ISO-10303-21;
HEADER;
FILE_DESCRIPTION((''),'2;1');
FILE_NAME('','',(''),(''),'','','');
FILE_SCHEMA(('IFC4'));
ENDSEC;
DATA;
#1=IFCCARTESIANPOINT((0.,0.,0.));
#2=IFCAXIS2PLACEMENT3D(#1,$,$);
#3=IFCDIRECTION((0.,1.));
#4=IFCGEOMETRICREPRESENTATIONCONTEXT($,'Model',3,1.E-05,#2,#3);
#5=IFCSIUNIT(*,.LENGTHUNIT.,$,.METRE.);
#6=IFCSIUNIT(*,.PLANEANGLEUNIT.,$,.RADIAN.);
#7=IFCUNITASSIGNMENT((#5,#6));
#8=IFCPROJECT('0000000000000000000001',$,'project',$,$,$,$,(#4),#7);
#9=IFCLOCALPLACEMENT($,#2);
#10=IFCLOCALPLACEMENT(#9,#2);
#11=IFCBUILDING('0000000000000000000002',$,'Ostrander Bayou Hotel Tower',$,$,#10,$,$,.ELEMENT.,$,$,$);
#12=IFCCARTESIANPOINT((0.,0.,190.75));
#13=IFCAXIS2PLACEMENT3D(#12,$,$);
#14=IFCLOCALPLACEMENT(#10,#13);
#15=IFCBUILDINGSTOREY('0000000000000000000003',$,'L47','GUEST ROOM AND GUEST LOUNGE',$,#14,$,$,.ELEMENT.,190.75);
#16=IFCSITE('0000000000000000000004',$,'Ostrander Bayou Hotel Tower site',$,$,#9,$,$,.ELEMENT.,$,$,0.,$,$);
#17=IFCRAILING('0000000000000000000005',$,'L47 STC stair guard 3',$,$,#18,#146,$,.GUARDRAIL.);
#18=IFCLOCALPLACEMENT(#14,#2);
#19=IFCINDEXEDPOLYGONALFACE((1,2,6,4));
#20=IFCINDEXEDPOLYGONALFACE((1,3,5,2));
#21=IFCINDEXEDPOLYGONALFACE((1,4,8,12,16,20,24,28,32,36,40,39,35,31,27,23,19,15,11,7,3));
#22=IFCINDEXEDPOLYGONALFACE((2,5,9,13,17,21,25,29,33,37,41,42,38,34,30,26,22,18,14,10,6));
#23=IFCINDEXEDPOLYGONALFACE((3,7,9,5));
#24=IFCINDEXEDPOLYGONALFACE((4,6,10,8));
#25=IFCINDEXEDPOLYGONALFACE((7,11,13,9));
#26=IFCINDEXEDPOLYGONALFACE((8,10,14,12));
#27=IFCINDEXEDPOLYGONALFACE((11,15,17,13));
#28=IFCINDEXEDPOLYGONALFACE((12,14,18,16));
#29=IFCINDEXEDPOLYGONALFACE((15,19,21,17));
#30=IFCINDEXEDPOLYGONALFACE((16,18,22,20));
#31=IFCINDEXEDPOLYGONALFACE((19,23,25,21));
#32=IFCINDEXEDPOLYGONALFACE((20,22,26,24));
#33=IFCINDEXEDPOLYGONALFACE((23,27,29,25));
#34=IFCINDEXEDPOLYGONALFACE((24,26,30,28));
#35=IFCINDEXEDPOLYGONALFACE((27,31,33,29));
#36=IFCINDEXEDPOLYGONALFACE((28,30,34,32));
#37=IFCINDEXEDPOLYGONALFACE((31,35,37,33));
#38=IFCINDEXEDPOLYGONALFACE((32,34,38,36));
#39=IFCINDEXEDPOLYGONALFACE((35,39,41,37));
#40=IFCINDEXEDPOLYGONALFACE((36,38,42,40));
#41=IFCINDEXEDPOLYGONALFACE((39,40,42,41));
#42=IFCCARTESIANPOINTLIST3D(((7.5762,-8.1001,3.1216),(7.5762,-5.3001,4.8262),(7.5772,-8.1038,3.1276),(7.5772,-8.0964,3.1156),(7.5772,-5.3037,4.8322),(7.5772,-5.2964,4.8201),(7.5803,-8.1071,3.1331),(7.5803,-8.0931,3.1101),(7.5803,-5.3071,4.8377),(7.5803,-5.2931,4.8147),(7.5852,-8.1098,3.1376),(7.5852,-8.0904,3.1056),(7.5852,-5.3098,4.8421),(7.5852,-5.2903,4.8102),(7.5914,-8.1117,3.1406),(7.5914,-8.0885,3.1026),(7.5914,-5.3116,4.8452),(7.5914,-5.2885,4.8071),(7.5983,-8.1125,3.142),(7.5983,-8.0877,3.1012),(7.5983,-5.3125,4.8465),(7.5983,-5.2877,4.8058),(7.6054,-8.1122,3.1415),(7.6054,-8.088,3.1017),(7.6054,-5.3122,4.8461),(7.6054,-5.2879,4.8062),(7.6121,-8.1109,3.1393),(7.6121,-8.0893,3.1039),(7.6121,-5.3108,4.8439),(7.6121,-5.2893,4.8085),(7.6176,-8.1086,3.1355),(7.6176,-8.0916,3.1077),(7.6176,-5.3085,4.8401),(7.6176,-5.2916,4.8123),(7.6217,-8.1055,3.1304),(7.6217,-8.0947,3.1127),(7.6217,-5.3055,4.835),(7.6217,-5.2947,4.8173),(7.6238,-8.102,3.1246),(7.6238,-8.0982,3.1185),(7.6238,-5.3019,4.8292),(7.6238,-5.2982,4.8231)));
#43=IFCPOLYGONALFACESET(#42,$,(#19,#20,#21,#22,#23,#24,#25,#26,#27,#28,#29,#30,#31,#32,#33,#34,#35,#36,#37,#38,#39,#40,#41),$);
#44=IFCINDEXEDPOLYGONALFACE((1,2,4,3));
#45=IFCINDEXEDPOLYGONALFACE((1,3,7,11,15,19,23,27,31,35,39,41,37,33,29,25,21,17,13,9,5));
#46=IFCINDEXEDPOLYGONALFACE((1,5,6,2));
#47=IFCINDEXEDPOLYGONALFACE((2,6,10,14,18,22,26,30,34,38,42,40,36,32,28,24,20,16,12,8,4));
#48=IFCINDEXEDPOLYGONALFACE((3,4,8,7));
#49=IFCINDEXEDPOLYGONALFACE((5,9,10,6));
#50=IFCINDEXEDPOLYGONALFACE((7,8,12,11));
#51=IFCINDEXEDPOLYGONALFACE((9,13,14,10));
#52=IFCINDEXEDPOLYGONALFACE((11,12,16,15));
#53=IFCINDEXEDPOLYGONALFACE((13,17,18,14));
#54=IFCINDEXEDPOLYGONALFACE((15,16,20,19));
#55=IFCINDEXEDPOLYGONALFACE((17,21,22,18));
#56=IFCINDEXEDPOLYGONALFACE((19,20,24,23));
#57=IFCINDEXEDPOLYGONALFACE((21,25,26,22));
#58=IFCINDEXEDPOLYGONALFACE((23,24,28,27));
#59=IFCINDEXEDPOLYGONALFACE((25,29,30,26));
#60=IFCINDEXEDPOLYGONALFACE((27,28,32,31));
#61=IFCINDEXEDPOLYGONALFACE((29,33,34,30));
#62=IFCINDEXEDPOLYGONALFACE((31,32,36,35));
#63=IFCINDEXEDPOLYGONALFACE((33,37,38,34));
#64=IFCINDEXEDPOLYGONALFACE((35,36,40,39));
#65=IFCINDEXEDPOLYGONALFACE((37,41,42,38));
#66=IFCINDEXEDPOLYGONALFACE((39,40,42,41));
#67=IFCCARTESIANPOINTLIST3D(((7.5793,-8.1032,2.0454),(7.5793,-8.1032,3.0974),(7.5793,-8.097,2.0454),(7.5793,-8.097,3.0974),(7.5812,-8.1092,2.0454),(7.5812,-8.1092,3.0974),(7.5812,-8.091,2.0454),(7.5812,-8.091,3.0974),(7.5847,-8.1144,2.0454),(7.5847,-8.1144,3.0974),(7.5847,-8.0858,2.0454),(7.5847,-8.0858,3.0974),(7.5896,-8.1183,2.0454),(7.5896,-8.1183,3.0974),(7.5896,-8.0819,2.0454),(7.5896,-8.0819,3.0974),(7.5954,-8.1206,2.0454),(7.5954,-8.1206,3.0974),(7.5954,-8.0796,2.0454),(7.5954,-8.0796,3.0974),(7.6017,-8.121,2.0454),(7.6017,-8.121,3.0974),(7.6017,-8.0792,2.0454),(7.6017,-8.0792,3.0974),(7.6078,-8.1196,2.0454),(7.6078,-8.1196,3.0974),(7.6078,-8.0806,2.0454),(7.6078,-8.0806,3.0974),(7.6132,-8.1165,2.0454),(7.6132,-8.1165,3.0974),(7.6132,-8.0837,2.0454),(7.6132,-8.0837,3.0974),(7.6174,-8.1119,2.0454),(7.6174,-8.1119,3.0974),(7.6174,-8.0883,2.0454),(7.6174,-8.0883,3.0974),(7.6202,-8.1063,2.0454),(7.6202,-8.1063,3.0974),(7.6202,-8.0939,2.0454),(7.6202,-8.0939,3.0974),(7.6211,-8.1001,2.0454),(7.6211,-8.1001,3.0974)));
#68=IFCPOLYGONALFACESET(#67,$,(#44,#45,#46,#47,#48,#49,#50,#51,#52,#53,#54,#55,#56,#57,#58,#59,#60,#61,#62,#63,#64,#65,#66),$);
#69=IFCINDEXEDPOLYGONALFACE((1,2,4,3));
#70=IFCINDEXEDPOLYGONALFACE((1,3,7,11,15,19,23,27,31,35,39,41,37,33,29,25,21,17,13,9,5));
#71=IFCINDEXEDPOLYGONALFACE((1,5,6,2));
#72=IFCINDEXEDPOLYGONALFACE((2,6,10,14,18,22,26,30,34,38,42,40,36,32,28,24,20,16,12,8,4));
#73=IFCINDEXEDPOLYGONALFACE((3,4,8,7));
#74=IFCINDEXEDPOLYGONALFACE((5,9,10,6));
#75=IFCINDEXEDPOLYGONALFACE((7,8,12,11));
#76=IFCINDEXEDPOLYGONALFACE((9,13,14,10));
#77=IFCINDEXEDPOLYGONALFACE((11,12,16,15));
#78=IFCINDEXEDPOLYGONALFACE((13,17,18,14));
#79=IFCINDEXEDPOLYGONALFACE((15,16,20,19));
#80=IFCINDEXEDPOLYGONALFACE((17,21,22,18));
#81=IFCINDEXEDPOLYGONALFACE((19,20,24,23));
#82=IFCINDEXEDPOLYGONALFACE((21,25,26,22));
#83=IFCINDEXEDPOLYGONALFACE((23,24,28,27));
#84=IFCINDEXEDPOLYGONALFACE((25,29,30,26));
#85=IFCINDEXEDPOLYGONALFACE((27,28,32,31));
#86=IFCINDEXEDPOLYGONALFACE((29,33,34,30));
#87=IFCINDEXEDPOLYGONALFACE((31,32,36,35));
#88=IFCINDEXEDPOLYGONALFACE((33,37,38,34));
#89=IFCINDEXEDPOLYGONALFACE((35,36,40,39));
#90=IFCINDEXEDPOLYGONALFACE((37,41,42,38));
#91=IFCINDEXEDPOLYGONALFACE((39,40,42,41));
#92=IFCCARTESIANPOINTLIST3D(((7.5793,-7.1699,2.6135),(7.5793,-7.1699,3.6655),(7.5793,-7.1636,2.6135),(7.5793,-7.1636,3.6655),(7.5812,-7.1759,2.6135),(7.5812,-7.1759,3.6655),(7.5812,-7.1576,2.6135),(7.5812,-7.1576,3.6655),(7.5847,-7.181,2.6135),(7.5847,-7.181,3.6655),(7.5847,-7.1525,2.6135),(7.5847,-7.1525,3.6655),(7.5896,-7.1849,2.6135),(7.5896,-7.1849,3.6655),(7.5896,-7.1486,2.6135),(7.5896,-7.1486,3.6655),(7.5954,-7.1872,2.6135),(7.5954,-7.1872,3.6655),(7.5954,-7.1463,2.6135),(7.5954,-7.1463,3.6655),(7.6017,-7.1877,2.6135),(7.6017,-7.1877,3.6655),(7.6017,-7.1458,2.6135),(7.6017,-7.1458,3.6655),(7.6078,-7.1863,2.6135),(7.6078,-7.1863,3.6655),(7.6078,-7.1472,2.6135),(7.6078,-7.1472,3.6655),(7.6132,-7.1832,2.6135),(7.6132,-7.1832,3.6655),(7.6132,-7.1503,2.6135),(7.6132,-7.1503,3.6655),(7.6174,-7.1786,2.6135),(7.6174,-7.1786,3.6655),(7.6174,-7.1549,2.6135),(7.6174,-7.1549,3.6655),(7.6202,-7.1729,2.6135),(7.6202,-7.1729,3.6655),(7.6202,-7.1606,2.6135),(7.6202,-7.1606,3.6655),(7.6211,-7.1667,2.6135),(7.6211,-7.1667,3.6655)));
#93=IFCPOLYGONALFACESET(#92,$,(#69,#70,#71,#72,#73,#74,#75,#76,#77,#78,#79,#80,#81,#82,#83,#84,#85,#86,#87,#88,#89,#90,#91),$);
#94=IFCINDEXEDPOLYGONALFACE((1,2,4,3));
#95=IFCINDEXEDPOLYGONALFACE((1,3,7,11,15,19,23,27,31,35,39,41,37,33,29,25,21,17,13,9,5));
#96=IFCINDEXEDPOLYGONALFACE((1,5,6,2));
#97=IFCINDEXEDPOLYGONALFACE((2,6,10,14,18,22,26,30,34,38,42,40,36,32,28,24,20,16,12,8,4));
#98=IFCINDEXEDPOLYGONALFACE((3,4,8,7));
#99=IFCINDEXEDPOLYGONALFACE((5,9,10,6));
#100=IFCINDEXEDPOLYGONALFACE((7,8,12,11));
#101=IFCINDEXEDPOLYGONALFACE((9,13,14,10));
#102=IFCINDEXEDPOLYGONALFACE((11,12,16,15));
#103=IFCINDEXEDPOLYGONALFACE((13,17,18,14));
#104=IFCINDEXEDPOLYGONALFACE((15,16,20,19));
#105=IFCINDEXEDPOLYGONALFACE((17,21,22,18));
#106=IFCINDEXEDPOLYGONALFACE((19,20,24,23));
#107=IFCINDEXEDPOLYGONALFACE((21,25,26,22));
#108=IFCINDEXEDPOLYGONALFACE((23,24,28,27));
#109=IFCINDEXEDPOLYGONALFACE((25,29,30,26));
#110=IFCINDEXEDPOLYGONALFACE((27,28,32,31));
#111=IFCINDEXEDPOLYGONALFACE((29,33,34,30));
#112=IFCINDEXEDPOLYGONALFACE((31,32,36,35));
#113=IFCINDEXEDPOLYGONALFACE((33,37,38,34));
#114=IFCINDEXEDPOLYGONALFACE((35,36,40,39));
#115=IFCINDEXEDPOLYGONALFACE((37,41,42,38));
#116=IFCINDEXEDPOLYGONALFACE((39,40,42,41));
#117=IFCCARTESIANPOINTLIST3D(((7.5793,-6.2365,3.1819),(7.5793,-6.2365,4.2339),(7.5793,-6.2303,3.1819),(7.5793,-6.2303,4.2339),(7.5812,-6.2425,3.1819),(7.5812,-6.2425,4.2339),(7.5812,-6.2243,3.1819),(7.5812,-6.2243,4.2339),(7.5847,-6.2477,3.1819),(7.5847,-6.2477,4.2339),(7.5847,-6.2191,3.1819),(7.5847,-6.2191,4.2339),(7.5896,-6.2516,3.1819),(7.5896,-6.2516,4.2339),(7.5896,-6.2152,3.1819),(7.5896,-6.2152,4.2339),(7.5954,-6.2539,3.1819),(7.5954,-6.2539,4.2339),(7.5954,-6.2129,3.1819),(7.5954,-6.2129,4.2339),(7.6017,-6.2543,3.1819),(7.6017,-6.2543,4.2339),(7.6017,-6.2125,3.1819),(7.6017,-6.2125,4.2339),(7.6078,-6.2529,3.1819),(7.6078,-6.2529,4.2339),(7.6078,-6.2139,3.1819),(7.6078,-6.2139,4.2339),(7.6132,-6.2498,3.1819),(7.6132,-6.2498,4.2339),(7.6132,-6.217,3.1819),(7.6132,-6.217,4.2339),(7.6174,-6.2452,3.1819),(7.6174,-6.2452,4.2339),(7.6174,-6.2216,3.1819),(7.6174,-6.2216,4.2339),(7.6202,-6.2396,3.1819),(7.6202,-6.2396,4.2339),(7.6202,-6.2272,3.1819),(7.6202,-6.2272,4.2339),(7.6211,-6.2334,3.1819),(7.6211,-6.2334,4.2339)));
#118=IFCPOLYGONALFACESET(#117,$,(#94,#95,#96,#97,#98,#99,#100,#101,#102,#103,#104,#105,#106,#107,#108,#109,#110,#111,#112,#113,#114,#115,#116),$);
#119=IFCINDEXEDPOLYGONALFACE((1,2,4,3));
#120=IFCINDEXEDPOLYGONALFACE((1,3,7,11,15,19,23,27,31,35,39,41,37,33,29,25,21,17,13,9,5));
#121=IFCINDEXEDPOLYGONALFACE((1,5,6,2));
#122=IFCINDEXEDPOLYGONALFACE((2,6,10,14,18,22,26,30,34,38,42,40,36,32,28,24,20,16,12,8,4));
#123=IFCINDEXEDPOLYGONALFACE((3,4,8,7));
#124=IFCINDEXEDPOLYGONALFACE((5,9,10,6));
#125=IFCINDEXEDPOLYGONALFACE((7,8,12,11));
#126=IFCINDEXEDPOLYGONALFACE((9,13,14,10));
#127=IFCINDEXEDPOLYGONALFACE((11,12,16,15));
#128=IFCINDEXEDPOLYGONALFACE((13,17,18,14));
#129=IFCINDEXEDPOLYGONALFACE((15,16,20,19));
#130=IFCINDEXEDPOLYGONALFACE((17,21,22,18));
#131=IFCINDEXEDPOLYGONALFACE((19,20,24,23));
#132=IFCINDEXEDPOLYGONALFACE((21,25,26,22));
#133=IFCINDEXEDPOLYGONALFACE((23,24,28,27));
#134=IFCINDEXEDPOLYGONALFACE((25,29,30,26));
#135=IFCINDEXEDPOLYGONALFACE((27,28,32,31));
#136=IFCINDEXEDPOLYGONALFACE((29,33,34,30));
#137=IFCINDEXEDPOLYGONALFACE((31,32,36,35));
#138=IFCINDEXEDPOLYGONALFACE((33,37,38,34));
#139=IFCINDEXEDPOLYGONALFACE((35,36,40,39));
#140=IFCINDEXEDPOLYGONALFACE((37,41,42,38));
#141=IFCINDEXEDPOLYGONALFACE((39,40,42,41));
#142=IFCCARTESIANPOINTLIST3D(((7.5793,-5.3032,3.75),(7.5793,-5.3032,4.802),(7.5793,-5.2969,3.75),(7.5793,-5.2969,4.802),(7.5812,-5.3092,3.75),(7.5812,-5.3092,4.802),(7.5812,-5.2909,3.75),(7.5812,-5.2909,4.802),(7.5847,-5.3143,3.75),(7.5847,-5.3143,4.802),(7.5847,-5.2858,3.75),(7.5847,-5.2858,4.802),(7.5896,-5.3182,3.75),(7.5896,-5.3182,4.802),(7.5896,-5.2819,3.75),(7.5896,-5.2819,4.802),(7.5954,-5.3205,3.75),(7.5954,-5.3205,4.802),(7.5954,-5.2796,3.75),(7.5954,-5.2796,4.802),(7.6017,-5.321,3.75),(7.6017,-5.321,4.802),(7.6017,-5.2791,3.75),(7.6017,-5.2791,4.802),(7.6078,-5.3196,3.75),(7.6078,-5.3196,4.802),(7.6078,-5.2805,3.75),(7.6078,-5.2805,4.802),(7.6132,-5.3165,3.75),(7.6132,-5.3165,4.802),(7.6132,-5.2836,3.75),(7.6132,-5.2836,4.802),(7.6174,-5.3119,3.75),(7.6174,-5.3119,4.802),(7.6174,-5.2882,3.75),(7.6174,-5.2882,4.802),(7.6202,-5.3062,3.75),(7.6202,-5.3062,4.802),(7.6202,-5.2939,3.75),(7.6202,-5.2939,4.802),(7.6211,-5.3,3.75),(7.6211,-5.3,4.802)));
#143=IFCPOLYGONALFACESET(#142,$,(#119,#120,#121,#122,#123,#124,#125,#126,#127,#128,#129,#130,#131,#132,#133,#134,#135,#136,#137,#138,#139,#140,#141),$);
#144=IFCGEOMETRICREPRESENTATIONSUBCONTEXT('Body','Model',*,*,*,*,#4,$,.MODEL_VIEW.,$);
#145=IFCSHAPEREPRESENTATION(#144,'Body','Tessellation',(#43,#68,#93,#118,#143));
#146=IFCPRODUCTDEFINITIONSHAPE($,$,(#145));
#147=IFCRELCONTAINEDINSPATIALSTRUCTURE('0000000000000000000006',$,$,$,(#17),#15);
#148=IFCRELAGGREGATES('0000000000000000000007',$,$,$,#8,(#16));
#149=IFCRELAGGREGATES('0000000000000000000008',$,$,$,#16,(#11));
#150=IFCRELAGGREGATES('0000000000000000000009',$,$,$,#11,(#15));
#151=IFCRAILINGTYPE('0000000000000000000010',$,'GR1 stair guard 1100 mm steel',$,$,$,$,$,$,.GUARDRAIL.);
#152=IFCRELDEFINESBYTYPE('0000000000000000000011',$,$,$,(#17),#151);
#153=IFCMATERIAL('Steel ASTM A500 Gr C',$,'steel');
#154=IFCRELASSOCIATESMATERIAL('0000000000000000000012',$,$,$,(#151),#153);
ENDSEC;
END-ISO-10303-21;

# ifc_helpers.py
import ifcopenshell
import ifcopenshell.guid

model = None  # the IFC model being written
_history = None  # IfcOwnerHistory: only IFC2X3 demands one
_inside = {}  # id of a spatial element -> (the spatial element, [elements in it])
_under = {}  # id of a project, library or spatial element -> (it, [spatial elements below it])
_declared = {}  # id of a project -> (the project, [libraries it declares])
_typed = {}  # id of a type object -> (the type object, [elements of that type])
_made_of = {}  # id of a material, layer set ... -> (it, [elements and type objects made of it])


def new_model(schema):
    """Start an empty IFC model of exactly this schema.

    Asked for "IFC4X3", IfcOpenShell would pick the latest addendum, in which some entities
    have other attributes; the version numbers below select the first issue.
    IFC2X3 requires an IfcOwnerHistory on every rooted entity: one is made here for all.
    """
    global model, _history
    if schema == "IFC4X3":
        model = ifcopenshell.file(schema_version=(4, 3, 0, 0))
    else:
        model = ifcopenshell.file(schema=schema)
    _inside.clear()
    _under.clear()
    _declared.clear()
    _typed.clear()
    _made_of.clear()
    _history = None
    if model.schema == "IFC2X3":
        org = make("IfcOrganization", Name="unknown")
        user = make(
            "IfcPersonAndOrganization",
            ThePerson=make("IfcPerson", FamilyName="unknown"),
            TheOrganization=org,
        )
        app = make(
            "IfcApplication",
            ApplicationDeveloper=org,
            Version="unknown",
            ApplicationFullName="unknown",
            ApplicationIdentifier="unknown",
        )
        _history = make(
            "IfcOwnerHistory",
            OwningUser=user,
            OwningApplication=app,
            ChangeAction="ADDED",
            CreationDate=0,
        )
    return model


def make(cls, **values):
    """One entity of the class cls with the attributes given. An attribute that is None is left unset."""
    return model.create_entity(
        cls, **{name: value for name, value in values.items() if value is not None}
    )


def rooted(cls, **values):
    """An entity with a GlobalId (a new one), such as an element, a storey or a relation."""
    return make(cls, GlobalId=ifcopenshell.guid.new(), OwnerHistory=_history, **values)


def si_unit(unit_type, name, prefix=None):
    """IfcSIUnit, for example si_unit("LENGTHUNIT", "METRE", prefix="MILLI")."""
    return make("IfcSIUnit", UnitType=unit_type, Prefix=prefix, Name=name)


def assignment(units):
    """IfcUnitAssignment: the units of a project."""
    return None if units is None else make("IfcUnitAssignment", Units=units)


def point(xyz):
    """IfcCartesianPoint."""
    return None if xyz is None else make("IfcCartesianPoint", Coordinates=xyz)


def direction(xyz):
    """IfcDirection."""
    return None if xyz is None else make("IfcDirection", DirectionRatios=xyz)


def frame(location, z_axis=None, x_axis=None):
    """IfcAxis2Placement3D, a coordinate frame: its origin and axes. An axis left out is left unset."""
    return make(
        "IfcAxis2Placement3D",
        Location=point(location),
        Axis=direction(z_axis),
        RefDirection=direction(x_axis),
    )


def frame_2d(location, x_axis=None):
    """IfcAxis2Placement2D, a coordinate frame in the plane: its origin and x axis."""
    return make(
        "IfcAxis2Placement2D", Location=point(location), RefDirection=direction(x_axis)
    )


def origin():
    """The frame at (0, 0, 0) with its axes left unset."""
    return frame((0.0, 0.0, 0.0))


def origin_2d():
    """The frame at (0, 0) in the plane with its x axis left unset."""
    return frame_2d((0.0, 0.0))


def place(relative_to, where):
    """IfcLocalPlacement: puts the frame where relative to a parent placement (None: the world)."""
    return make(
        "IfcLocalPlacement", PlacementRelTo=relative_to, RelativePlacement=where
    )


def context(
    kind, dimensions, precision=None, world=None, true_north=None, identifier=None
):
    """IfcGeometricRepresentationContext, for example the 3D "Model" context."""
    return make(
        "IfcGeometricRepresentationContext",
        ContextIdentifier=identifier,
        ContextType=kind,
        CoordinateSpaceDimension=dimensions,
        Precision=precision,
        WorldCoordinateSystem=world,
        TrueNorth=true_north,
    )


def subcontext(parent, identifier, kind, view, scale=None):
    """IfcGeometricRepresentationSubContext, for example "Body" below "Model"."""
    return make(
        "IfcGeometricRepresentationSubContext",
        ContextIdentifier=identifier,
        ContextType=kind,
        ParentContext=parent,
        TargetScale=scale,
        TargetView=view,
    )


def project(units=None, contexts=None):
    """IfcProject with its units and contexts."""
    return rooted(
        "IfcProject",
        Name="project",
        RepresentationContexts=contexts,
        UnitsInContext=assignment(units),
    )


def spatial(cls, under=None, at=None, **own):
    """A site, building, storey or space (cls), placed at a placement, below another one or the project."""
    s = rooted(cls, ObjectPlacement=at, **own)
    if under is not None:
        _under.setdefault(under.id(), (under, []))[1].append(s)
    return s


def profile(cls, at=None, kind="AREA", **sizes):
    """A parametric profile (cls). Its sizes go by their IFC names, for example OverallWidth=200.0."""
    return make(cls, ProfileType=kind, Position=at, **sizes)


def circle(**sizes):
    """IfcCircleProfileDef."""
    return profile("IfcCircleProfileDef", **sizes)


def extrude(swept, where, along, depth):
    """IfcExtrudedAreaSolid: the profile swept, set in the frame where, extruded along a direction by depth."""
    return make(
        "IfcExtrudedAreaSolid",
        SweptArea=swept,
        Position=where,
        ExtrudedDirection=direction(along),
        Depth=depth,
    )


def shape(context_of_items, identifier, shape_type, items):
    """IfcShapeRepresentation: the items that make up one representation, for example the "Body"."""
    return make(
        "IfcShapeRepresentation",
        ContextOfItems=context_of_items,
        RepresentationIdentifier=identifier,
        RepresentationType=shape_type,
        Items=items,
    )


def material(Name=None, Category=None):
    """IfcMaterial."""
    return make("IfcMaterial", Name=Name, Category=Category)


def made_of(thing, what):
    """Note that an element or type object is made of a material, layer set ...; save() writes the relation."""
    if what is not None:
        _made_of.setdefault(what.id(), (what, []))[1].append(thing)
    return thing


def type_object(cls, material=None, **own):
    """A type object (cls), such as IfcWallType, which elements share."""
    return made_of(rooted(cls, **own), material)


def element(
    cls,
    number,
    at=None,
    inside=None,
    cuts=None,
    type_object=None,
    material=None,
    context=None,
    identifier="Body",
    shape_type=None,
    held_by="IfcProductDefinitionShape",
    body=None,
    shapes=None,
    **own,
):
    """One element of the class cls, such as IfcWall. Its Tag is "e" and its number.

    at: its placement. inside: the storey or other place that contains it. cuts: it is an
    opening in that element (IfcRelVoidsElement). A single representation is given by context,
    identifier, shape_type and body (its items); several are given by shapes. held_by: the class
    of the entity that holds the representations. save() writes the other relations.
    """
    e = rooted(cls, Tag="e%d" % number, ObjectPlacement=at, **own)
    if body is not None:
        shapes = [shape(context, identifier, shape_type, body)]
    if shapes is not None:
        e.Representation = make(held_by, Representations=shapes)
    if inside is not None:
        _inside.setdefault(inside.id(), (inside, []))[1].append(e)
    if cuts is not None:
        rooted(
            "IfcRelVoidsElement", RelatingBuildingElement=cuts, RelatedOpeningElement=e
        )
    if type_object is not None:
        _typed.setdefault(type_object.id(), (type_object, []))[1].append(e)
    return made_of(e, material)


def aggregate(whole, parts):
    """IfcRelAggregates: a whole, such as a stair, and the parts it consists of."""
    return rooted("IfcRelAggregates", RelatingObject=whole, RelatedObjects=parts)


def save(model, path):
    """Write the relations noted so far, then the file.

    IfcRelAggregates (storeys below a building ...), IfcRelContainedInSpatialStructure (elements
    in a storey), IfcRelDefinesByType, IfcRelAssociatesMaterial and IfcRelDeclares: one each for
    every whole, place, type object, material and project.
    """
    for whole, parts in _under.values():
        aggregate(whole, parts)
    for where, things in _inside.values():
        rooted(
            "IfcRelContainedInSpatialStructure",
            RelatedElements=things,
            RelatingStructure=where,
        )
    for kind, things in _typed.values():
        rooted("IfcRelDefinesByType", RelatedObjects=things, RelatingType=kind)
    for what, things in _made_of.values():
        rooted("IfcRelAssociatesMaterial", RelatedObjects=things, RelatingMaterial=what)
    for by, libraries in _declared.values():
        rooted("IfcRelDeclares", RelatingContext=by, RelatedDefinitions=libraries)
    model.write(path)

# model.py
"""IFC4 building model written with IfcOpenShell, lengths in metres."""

from ifc_helpers import new_model, si_unit, direction, frame, origin, origin_2d, place, context, subcontext, project, spatial, circle, extrude, material, type_object, element, save


model = new_model("IFC4")

# Units and contexts
model_context = context("Model", 3, precision=1e-05, world=origin(), true_north=direction((0.0, 1.0)))
body_context = subcontext(model_context, "Body", "Model", "MODEL_VIEW")
ifc_project = project(units=[si_unit("LENGTHUNIT", "METRE"), si_unit("PLANEANGLEUNIT", "RADIAN")], contexts=[model_context])

# Site, building, storey
site_placement = place(None, origin())
site = spatial("IfcSite", under=ifc_project, at=site_placement, Name="Ostrander Bayou Hotel Tower site", CompositionType="ELEMENT", RefElevation=0.0)
building_placement = place(site_placement, origin())
building = spatial("IfcBuilding", under=site, at=building_placement, Name="Ostrander Bayou Hotel Tower", CompositionType="ELEMENT")
storey_placement = place(building_placement, frame((0.0, 0.0, 190.75)))
storey = spatial("IfcBuildingStorey", under=building, at=storey_placement, Name="L47", Description="GUEST ROOM AND GUEST LOUNGE", CompositionType="ELEMENT", Elevation=190.75)

# Railing
ifc_material_1 = material(Name="Steel ASTM A500 Gr C", Category="steel")
railing_type_1 = type_object("IfcRailingType", Name="GR1 stair guard 1100 mm steel", PredefinedType="GUARDRAIL", material=ifc_material_1)
railing_1_placement = place(storey_placement, frame((7.6001, -8.1001, 2.0454)))
element("IfcRailing", 1, at=railing_1_placement, inside=storey, type_object=railing_type_1, Name="L47 STC stair guard 3", PredefinedType="GUARDRAIL", context=body_context, shape_type="SweptSolid", body=[
    extrude(circle(Radius=0.0239, at=origin_2d()), frame((0.0, 0.0, 1.0762), z_axis=(0.0, 0.85417, 0.519994), x_axis=(-1.0, 0.0, 0.0)), (0.0, 0.0, 1.0), 3.2781),
    extrude(circle(Radius=0.021, at=origin_2d()), origin(), (0.0, 0.0, 1.0), 1.052),
    extrude(circle(Radius=0.021, at=origin_2d()), frame((0.0, 0.9333, 0.5681)), (0.0, 0.0, 1.0), 1.052),
    extrude(circle(Radius=0.021, at=origin_2d()), frame((0.0, 1.8667, 1.1365)), (0.0, 0.0, 1.0), 1.052),
    extrude(circle(Radius=0.021, at=origin_2d()), frame((0.0, 2.8, 1.7046)), (0.0, 0.0, 1.0), 1.052),
])

save(model, "model.ifc")
